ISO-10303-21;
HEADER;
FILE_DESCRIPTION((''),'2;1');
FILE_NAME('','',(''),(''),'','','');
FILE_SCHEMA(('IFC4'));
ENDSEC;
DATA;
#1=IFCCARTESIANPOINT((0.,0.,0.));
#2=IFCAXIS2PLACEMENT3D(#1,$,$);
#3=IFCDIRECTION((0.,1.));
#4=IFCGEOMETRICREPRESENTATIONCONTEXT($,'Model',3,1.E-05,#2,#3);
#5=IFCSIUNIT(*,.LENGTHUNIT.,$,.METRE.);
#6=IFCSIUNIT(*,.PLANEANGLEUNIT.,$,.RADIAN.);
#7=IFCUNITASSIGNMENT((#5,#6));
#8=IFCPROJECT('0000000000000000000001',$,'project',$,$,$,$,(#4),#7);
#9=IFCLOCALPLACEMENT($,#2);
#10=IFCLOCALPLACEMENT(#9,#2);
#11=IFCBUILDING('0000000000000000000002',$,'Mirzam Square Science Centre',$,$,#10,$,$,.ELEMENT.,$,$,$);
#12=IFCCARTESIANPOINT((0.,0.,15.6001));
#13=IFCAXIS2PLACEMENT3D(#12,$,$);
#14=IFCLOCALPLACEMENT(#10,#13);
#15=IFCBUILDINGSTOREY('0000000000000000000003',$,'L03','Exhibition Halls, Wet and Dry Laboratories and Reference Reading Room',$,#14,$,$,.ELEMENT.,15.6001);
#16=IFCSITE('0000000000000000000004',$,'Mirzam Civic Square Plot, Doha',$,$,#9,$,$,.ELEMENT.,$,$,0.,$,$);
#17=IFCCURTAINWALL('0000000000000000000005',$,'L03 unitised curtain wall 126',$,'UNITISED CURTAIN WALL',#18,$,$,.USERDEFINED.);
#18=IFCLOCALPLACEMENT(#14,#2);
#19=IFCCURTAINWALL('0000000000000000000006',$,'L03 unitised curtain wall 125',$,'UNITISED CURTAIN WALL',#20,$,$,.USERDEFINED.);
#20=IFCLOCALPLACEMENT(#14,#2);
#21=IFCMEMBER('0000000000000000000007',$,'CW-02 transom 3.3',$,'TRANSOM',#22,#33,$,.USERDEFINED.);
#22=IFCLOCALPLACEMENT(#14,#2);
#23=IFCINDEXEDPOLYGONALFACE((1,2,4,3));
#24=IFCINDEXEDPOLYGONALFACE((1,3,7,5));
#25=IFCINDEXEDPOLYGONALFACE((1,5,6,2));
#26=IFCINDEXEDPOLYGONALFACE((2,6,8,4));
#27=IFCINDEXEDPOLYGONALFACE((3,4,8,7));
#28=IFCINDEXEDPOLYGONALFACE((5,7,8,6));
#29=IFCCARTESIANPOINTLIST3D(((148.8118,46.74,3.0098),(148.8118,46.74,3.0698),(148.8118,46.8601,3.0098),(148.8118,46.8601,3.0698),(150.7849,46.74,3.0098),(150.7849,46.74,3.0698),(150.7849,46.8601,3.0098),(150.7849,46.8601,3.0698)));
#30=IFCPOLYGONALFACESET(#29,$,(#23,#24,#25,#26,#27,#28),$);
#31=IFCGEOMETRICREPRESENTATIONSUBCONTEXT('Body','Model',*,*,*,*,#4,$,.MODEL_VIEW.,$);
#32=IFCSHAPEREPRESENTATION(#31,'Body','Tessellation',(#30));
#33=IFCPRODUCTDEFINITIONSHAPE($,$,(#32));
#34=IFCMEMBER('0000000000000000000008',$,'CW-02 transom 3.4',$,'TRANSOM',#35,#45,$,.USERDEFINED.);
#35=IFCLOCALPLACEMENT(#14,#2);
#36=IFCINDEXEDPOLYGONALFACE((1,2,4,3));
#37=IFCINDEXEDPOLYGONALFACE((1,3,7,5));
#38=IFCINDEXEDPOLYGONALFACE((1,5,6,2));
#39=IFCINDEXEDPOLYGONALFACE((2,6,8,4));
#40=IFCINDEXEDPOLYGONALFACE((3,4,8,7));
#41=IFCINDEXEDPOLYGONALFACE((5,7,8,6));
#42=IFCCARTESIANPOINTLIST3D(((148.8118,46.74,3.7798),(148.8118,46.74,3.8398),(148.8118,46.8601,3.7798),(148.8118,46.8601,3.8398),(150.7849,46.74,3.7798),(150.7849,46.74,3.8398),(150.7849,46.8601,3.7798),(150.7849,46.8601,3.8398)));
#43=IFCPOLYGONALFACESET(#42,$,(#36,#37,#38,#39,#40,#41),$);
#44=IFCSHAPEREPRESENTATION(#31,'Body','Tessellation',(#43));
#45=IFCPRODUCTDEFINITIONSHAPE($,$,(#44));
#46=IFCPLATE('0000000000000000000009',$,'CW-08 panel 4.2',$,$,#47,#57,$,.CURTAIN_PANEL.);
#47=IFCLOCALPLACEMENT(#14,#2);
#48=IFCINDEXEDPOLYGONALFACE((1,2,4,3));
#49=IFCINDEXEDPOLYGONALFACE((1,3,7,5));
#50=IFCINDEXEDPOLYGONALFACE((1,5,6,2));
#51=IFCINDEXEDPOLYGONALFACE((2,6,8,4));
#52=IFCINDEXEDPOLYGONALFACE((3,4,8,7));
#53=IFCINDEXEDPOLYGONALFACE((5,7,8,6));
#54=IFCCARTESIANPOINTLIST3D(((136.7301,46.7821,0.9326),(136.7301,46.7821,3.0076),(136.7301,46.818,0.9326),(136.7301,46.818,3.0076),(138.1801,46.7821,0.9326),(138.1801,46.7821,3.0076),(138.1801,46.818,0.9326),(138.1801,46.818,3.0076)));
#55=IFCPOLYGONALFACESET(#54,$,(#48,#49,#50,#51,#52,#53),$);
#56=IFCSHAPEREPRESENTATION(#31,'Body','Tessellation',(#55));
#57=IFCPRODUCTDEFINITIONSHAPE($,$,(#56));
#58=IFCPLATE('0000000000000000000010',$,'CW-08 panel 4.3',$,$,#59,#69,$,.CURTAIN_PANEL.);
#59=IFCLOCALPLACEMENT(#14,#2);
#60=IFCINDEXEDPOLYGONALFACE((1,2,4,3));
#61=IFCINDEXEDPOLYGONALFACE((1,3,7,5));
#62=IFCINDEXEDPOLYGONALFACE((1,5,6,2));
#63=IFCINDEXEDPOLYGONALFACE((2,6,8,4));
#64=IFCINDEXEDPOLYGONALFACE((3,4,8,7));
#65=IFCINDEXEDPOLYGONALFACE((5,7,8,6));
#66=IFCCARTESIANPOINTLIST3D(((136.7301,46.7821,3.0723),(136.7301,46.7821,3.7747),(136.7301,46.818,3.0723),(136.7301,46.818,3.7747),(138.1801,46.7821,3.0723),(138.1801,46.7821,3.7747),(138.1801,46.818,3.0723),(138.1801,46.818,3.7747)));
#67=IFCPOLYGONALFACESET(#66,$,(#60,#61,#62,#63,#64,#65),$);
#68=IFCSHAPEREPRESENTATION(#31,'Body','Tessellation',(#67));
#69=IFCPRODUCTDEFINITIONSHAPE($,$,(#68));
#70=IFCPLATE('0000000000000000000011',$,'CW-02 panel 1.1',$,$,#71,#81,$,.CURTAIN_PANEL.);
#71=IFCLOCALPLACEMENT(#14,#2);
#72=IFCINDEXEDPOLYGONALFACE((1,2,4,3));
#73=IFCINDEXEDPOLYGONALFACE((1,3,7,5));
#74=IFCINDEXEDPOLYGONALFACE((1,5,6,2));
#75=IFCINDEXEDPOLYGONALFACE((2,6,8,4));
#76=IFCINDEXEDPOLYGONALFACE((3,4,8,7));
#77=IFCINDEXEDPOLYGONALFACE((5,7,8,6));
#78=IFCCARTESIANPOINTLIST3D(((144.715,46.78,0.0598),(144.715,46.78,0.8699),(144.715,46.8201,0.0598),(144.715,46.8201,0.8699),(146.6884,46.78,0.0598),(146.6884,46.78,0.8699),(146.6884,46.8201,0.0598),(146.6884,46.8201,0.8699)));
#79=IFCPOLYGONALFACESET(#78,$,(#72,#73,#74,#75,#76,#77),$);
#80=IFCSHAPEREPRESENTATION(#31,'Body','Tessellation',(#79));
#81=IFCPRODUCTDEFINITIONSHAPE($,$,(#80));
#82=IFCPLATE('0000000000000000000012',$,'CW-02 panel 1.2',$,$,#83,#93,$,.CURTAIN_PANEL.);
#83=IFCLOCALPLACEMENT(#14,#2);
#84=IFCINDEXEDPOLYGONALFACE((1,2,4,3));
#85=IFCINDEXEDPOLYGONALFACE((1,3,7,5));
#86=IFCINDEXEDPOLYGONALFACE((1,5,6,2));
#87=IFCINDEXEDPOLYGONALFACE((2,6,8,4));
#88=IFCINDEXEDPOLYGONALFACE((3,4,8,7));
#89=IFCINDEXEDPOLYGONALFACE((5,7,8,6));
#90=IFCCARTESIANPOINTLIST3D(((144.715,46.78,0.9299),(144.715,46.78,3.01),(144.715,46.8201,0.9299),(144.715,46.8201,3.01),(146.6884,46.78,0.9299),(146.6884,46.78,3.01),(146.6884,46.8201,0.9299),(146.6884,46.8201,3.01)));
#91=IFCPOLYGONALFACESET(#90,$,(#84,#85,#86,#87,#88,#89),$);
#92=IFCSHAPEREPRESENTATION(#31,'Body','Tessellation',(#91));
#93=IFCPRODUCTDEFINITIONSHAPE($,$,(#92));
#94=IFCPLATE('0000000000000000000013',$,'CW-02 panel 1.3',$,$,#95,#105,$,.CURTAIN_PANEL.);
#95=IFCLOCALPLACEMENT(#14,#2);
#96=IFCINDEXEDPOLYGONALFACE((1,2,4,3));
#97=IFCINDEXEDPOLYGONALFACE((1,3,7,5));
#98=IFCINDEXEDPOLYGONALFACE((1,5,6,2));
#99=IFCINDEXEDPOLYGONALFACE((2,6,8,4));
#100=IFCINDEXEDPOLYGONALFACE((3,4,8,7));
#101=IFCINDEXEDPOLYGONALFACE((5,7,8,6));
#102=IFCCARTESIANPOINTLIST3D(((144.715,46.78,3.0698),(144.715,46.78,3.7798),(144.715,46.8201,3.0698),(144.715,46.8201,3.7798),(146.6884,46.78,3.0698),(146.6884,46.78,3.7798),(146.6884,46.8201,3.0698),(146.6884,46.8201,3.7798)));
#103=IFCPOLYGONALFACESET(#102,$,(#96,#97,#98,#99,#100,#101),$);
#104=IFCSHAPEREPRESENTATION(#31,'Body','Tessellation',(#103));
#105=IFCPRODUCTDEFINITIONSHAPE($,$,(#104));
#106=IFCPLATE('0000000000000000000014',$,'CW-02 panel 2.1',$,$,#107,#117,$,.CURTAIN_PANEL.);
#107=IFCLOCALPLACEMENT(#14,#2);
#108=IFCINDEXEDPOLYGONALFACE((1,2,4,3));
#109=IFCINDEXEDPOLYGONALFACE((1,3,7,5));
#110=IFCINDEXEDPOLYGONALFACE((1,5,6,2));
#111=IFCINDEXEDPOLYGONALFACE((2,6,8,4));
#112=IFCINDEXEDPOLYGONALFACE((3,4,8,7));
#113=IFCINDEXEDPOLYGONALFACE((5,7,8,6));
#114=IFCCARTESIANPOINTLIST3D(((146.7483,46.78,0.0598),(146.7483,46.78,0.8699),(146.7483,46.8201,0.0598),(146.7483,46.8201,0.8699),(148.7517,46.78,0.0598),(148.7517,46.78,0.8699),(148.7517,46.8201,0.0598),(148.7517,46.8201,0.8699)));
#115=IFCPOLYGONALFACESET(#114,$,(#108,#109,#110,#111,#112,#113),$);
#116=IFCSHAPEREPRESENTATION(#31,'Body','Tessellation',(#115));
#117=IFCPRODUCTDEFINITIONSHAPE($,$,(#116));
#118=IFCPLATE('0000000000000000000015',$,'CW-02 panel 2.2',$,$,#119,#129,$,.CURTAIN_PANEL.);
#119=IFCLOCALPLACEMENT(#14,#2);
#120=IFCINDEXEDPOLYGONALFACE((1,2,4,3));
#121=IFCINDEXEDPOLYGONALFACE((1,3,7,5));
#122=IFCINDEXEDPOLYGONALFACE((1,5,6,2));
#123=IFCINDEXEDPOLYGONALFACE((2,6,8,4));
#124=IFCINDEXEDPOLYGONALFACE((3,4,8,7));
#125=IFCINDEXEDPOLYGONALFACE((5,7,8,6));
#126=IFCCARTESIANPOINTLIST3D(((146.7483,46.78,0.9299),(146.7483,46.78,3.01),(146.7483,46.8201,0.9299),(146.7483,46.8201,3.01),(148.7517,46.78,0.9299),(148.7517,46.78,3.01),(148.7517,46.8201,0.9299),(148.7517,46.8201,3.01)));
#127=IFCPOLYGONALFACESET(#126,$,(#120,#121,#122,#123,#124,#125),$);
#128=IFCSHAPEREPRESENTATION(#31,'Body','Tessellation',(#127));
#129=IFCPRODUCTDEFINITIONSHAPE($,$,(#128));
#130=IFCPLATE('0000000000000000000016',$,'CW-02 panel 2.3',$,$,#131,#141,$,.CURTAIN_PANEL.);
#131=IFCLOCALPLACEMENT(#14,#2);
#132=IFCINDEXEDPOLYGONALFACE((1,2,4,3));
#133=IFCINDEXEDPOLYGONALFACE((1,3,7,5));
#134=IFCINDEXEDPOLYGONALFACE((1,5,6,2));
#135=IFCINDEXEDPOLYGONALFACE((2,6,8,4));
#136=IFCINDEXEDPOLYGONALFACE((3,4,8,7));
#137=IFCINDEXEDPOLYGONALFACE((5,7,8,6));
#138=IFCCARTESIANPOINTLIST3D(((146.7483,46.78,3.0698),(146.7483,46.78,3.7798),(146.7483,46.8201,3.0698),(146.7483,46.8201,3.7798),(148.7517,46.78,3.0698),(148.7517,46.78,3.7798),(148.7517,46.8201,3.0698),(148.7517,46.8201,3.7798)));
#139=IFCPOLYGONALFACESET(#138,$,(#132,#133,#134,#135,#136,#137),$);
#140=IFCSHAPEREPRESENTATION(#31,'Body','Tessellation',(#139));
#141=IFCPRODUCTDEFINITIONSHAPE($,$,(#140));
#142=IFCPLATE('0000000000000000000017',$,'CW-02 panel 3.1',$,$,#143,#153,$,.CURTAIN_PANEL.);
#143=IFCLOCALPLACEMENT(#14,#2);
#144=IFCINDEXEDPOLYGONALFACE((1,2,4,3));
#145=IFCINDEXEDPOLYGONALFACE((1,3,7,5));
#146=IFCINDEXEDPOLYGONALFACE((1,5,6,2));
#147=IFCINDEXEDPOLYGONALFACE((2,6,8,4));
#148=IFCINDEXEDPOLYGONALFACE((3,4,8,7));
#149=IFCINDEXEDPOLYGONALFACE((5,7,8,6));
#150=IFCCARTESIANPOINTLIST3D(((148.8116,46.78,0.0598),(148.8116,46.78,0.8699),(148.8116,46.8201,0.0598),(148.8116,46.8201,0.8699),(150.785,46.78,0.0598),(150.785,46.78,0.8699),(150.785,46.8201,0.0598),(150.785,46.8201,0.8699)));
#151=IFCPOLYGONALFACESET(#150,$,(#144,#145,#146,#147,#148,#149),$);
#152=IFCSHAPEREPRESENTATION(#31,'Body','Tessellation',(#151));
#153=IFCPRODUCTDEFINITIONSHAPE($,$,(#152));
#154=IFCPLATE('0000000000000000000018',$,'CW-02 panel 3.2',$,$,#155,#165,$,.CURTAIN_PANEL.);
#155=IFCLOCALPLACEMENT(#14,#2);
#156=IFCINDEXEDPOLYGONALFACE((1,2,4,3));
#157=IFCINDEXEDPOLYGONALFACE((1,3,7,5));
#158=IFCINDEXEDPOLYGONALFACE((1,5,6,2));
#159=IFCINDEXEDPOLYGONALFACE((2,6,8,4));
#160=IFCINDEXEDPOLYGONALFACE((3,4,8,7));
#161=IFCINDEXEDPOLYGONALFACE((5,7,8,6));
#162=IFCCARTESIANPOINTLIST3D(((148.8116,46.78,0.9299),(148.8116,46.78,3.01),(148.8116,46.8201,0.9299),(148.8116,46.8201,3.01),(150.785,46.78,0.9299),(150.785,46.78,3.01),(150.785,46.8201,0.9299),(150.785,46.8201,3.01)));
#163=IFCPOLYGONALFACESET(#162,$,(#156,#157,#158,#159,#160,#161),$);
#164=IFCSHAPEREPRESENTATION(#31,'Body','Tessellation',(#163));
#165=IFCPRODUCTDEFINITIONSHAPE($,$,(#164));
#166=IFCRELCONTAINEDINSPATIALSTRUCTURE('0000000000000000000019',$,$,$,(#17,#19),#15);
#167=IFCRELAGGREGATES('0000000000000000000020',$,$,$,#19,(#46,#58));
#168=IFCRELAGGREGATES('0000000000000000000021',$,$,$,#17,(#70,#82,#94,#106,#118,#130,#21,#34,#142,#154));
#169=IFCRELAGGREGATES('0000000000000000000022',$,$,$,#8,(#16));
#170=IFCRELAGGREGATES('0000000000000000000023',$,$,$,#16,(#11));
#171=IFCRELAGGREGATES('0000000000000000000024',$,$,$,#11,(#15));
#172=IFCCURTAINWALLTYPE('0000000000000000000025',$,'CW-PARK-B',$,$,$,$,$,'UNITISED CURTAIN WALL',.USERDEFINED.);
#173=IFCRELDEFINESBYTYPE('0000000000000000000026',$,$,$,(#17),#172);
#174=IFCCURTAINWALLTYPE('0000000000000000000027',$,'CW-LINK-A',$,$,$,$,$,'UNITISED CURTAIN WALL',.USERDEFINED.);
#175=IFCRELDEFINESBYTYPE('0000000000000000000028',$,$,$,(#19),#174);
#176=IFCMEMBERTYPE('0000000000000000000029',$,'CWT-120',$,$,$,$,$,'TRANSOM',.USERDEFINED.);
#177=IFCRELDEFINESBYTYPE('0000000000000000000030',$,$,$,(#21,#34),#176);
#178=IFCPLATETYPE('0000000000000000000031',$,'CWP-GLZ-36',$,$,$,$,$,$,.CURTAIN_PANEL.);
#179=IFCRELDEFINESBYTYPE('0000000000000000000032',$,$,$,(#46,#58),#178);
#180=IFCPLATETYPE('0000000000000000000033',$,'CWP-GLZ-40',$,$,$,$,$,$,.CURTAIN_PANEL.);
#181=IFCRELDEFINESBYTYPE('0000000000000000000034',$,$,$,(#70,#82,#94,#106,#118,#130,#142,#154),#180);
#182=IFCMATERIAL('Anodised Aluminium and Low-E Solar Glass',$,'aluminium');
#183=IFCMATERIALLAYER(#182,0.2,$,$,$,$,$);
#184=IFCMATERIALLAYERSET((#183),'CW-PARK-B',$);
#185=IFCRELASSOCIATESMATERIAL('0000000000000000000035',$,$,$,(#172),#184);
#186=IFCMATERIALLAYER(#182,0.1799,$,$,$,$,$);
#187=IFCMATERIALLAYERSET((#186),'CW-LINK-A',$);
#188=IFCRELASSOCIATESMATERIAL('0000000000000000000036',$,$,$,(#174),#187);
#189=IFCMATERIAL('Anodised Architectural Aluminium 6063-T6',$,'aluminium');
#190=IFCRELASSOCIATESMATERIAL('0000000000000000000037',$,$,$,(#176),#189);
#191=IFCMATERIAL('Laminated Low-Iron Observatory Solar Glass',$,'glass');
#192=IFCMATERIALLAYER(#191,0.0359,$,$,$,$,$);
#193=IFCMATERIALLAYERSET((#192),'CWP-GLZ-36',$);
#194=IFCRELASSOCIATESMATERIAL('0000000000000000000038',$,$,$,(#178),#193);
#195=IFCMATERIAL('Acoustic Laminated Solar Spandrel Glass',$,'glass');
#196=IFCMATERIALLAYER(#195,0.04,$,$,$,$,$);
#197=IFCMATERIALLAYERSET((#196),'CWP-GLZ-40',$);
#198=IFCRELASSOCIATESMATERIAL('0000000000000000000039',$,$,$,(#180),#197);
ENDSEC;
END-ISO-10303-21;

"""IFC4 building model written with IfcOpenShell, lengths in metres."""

from ifc_helpers import new_model, si_unit, direction, frame, origin, origin_2d, place, context, subcontext, project, spatial, rectangle, extrude, material, layer, layer_set, material_profile, profile_set, type_object, element, aggregate, save


model = new_model("IFC4")

# Units and contexts
model_context = context("Model", 3, precision=1e-05, world=origin(), true_north=direction((0.0, 1.0)))
body_context = subcontext(model_context, "Body", "Model", "MODEL_VIEW")
ifc_project = project(units=[si_unit("LENGTHUNIT", "METRE"), si_unit("PLANEANGLEUNIT", "RADIAN")], contexts=[model_context])

# Site, building, storey
site_placement = place(None, origin())
site = spatial("IfcSite", under=ifc_project, at=site_placement, Name="Mirzam Civic Square Plot, Doha", CompositionType="ELEMENT", RefElevation=0.0)
building_placement = place(site_placement, origin())
building = spatial("IfcBuilding", under=site, at=building_placement, Name="Mirzam Square Science Centre", CompositionType="ELEMENT")
storey_placement = place(building_placement, frame((0.0, 0.0, 15.6001)))
storey = spatial("IfcBuildingStorey", under=building, at=storey_placement, Name="L03", Description="Exhibition Halls, Wet and Dry Laboratories and Reference Reading Room", CompositionType="ELEMENT", Elevation=15.6001)

# Curtain wall
ifc_material_1 = material(Name="Anodised Aluminium and Low-E Solar Glass", Category="aluminium")
ifc_layer_1 = layer(ifc_material_1, 0.2)
ifc_layer_set_1 = layer_set([ifc_layer_1], Name="CW-PARK-B")
curtain_wall_type_1 = type_object("IfcCurtainWallType", Name="CW-PARK-B", ElementType="UNITISED CURTAIN WALL", PredefinedType="USERDEFINED", material=ifc_layer_set_1)
curtain_wall_1_placement = place(storey_placement, origin())
curtain_wall_1 = element("IfcCurtainWall", 1, at=curtain_wall_1_placement, inside=storey, type_object=curtain_wall_type_1, Name="L03 unitised curtain wall 126", ObjectType="UNITISED CURTAIN WALL", PredefinedType="USERDEFINED")
ifc_material_2 = material(Name="Anodised Architectural Aluminium 6063-T6", Category="aluminium")

# Curtain wall
ifc_layer_2 = layer(ifc_material_1, 0.1799)
ifc_layer_set_2 = layer_set([ifc_layer_2], Name="CW-LINK-A")
curtain_wall_type_2 = type_object("IfcCurtainWallType", Name="CW-LINK-A", ElementType="UNITISED CURTAIN WALL", PredefinedType="USERDEFINED", material=ifc_layer_set_2)
curtain_wall_2_placement = place(storey_placement, origin())
curtain_wall_2 = element("IfcCurtainWall", 2, at=curtain_wall_2_placement, inside=storey, type_object=curtain_wall_type_2, Name="L03 unitised curtain wall 125", ObjectType="UNITISED CURTAIN WALL", PredefinedType="USERDEFINED")

# Members
ifc_material_profile_1 = material_profile(ifc_material_2, rectangle(XDim=0.1201, YDim=0.0601, at=origin_2d()), Name="ALU-TRAN-120x60x4")
ifc_profile_set_1 = profile_set([ifc_material_profile_1], Name="Anodised Architectural Aluminium 6063-T6")
member_type_1 = type_object("IfcMemberType", Name="CWT-120", ElementType="TRANSOM", PredefinedType="USERDEFINED", material=ifc_profile_set_1)
member_1_placement = place(storey_placement, frame((148.8118, 46.8, 3.0398), z_axis=(1.0, 0.0, 0.0), x_axis=(0.0, 1.0, 0.0)))
member_1 = element("IfcMember", 3, at=member_1_placement, type_object=member_type_1, Name="CW-02 transom 3.3", ObjectType="TRANSOM", PredefinedType="USERDEFINED", context=body_context, shape_type="SweptSolid", body=[
    extrude(rectangle(XDim=0.1201, YDim=0.0601, at=origin_2d()), origin(), (0.0, 0.0, 1.0), 1.9731),
])
member_2_placement = place(storey_placement, frame((148.8118, 46.8, 3.8098), z_axis=(1.0, 0.0, 0.0), x_axis=(0.0, 1.0, 0.0)))
member_2 = element("IfcMember", 4, at=member_2_placement, type_object=member_type_1, Name="CW-02 transom 3.4", ObjectType="TRANSOM", PredefinedType="USERDEFINED", context=body_context, shape_type="SweptSolid", body=[
    extrude(rectangle(XDim=0.1201, YDim=0.0601, at=origin_2d()), origin(), (0.0, 0.0, 1.0), 1.9731),
])

# Plates
ifc_material_3 = material(Name="Laminated Low-Iron Observatory Solar Glass", Category="glass")
ifc_layer_3 = layer(ifc_material_3, 0.0359)
ifc_layer_set_3 = layer_set([ifc_layer_3], Name="CWP-GLZ-36")
plate_type_1 = type_object("IfcPlateType", Name="CWP-GLZ-36", PredefinedType="CURTAIN_PANEL", material=ifc_layer_set_3)
plate_1_placement = place(storey_placement, frame((137.4551, 46.8, 0.9326), z_axis=(0.0, 0.0, 1.0), x_axis=(1.0, 0.0, 0.0)))
plate_1 = element("IfcPlate", 5, at=plate_1_placement, type_object=plate_type_1, Name="CW-08 panel 4.2", PredefinedType="CURTAIN_PANEL", context=body_context, shape_type="SweptSolid", body=[
    extrude(rectangle(XDim=1.45, YDim=0.0359, at=origin_2d()), origin(), (0.0, 0.0, 1.0), 2.075),
])
plate_2_placement = place(storey_placement, frame((137.4551, 46.8, 3.0723), z_axis=(0.0, 0.0, 1.0), x_axis=(1.0, 0.0, 0.0)))
plate_2 = element("IfcPlate", 6, at=plate_2_placement, type_object=plate_type_1, Name="CW-08 panel 4.3", PredefinedType="CURTAIN_PANEL", context=body_context, shape_type="SweptSolid", body=[
    extrude(rectangle(XDim=1.45, YDim=0.0359, at=origin_2d()), origin(), (0.0, 0.0, 1.0), 0.7024),
])
aggregate(curtain_wall_2, [plate_1, plate_2])
ifc_material_4 = material(Name="Acoustic Laminated Solar Spandrel Glass", Category="glass")
ifc_layer_4 = layer(ifc_material_4, 0.04)
ifc_layer_set_4 = layer_set([ifc_layer_4], Name="CWP-GLZ-40")
plate_type_2 = type_object("IfcPlateType", Name="CWP-GLZ-40", PredefinedType="CURTAIN_PANEL", material=ifc_layer_set_4)
plate_3_placement = place(storey_placement, frame((145.7017, 46.8, 0.0598), z_axis=(0.0, 0.0, 1.0), x_axis=(1.0, 0.0, 0.0)))
plate_3 = element("IfcPlate", 7, at=plate_3_placement, type_object=plate_type_2, Name="CW-02 panel 1.1", PredefinedType="CURTAIN_PANEL", context=body_context, shape_type="SweptSolid", body=[
    extrude(rectangle(XDim=1.9734, YDim=0.04, at=origin_2d()), origin(), (0.0, 0.0, 1.0), 0.8101),
])
plate_4_placement = place(storey_placement, frame((145.7017, 46.8, 0.9299), z_axis=(0.0, 0.0, 1.0), x_axis=(1.0, 0.0, 0.0)))
plate_4 = element("IfcPlate", 8, at=plate_4_placement, type_object=plate_type_2, Name="CW-02 panel 1.2", PredefinedType="CURTAIN_PANEL", context=body_context, shape_type="SweptSolid", body=[
    extrude(rectangle(XDim=1.9734, YDim=0.04, at=origin_2d()), origin(), (0.0, 0.0, 1.0), 2.0801),
])
plate_5_placement = place(storey_placement, frame((145.7017, 46.8, 3.0698), z_axis=(0.0, 0.0, 1.0), x_axis=(1.0, 0.0, 0.0)))
plate_5 = element("IfcPlate", 9, at=plate_5_placement, type_object=plate_type_2, Name="CW-02 panel 1.3", PredefinedType="CURTAIN_PANEL", context=body_context, shape_type="SweptSolid", body=[
    extrude(rectangle(XDim=1.9734, YDim=0.04, at=origin_2d()), origin(), (0.0, 0.0, 1.0), 0.71),
])
plate_6_placement = place(storey_placement, frame((147.75, 46.8, 0.0598), z_axis=(0.0, 0.0, 1.0), x_axis=(1.0, 0.0, 0.0)))
plate_6 = element("IfcPlate", 10, at=plate_6_placement, type_object=plate_type_2, Name="CW-02 panel 2.1", PredefinedType="CURTAIN_PANEL", context=body_context, shape_type="SweptSolid", body=[
    extrude(rectangle(XDim=2.0034, YDim=0.04, at=origin_2d()), origin(), (0.0, 0.0, 1.0), 0.8101),
])
plate_7_placement = place(storey_placement, frame((147.75, 46.8, 0.9299), z_axis=(0.0, 0.0, 1.0), x_axis=(1.0, 0.0, 0.0)))
plate_7 = element("IfcPlate", 11, at=plate_7_placement, type_object=plate_type_2, Name="CW-02 panel 2.2", PredefinedType="CURTAIN_PANEL", context=body_context, shape_type="SweptSolid", body=[
    extrude(rectangle(XDim=2.0034, YDim=0.04, at=origin_2d()), origin(), (0.0, 0.0, 1.0), 2.0801),
])
plate_8_placement = place(storey_placement, frame((147.75, 46.8, 3.0698), z_axis=(0.0, 0.0, 1.0), x_axis=(1.0, 0.0, 0.0)))
plate_8 = element("IfcPlate", 12, at=plate_8_placement, type_object=plate_type_2, Name="CW-02 panel 2.3", PredefinedType="CURTAIN_PANEL", context=body_context, shape_type="SweptSolid", body=[
    extrude(rectangle(XDim=2.0034, YDim=0.04, at=origin_2d()), origin(), (0.0, 0.0, 1.0), 0.71),
])
plate_9_placement = place(storey_placement, frame((149.7983, 46.8, 0.0598), z_axis=(0.0, 0.0, 1.0), x_axis=(1.0, 0.0, 0.0)))
plate_9 = element("IfcPlate", 13, at=plate_9_placement, type_object=plate_type_2, Name="CW-02 panel 3.1", PredefinedType="CURTAIN_PANEL", context=body_context, shape_type="SweptSolid", body=[
    extrude(rectangle(XDim=1.9734, YDim=0.04, at=origin_2d()), origin(), (0.0, 0.0, 1.0), 0.8101),
])
plate_10_placement = place(storey_placement, frame((149.7983, 46.8, 0.9299), z_axis=(0.0, 0.0, 1.0), x_axis=(1.0, 0.0, 0.0)))
plate_10 = element("IfcPlate", 14, at=plate_10_placement, type_object=plate_type_2, Name="CW-02 panel 3.2", PredefinedType="CURTAIN_PANEL", context=body_context, shape_type="SweptSolid", body=[
    extrude(rectangle(XDim=1.9734, YDim=0.04, at=origin_2d()), origin(), (0.0, 0.0, 1.0), 2.0801),
])
aggregate(curtain_wall_1, [plate_3, plate_4, plate_5, plate_6, plate_7, plate_8, member_1, member_2, plate_9, plate_10])

save(model, "model.ifc")
